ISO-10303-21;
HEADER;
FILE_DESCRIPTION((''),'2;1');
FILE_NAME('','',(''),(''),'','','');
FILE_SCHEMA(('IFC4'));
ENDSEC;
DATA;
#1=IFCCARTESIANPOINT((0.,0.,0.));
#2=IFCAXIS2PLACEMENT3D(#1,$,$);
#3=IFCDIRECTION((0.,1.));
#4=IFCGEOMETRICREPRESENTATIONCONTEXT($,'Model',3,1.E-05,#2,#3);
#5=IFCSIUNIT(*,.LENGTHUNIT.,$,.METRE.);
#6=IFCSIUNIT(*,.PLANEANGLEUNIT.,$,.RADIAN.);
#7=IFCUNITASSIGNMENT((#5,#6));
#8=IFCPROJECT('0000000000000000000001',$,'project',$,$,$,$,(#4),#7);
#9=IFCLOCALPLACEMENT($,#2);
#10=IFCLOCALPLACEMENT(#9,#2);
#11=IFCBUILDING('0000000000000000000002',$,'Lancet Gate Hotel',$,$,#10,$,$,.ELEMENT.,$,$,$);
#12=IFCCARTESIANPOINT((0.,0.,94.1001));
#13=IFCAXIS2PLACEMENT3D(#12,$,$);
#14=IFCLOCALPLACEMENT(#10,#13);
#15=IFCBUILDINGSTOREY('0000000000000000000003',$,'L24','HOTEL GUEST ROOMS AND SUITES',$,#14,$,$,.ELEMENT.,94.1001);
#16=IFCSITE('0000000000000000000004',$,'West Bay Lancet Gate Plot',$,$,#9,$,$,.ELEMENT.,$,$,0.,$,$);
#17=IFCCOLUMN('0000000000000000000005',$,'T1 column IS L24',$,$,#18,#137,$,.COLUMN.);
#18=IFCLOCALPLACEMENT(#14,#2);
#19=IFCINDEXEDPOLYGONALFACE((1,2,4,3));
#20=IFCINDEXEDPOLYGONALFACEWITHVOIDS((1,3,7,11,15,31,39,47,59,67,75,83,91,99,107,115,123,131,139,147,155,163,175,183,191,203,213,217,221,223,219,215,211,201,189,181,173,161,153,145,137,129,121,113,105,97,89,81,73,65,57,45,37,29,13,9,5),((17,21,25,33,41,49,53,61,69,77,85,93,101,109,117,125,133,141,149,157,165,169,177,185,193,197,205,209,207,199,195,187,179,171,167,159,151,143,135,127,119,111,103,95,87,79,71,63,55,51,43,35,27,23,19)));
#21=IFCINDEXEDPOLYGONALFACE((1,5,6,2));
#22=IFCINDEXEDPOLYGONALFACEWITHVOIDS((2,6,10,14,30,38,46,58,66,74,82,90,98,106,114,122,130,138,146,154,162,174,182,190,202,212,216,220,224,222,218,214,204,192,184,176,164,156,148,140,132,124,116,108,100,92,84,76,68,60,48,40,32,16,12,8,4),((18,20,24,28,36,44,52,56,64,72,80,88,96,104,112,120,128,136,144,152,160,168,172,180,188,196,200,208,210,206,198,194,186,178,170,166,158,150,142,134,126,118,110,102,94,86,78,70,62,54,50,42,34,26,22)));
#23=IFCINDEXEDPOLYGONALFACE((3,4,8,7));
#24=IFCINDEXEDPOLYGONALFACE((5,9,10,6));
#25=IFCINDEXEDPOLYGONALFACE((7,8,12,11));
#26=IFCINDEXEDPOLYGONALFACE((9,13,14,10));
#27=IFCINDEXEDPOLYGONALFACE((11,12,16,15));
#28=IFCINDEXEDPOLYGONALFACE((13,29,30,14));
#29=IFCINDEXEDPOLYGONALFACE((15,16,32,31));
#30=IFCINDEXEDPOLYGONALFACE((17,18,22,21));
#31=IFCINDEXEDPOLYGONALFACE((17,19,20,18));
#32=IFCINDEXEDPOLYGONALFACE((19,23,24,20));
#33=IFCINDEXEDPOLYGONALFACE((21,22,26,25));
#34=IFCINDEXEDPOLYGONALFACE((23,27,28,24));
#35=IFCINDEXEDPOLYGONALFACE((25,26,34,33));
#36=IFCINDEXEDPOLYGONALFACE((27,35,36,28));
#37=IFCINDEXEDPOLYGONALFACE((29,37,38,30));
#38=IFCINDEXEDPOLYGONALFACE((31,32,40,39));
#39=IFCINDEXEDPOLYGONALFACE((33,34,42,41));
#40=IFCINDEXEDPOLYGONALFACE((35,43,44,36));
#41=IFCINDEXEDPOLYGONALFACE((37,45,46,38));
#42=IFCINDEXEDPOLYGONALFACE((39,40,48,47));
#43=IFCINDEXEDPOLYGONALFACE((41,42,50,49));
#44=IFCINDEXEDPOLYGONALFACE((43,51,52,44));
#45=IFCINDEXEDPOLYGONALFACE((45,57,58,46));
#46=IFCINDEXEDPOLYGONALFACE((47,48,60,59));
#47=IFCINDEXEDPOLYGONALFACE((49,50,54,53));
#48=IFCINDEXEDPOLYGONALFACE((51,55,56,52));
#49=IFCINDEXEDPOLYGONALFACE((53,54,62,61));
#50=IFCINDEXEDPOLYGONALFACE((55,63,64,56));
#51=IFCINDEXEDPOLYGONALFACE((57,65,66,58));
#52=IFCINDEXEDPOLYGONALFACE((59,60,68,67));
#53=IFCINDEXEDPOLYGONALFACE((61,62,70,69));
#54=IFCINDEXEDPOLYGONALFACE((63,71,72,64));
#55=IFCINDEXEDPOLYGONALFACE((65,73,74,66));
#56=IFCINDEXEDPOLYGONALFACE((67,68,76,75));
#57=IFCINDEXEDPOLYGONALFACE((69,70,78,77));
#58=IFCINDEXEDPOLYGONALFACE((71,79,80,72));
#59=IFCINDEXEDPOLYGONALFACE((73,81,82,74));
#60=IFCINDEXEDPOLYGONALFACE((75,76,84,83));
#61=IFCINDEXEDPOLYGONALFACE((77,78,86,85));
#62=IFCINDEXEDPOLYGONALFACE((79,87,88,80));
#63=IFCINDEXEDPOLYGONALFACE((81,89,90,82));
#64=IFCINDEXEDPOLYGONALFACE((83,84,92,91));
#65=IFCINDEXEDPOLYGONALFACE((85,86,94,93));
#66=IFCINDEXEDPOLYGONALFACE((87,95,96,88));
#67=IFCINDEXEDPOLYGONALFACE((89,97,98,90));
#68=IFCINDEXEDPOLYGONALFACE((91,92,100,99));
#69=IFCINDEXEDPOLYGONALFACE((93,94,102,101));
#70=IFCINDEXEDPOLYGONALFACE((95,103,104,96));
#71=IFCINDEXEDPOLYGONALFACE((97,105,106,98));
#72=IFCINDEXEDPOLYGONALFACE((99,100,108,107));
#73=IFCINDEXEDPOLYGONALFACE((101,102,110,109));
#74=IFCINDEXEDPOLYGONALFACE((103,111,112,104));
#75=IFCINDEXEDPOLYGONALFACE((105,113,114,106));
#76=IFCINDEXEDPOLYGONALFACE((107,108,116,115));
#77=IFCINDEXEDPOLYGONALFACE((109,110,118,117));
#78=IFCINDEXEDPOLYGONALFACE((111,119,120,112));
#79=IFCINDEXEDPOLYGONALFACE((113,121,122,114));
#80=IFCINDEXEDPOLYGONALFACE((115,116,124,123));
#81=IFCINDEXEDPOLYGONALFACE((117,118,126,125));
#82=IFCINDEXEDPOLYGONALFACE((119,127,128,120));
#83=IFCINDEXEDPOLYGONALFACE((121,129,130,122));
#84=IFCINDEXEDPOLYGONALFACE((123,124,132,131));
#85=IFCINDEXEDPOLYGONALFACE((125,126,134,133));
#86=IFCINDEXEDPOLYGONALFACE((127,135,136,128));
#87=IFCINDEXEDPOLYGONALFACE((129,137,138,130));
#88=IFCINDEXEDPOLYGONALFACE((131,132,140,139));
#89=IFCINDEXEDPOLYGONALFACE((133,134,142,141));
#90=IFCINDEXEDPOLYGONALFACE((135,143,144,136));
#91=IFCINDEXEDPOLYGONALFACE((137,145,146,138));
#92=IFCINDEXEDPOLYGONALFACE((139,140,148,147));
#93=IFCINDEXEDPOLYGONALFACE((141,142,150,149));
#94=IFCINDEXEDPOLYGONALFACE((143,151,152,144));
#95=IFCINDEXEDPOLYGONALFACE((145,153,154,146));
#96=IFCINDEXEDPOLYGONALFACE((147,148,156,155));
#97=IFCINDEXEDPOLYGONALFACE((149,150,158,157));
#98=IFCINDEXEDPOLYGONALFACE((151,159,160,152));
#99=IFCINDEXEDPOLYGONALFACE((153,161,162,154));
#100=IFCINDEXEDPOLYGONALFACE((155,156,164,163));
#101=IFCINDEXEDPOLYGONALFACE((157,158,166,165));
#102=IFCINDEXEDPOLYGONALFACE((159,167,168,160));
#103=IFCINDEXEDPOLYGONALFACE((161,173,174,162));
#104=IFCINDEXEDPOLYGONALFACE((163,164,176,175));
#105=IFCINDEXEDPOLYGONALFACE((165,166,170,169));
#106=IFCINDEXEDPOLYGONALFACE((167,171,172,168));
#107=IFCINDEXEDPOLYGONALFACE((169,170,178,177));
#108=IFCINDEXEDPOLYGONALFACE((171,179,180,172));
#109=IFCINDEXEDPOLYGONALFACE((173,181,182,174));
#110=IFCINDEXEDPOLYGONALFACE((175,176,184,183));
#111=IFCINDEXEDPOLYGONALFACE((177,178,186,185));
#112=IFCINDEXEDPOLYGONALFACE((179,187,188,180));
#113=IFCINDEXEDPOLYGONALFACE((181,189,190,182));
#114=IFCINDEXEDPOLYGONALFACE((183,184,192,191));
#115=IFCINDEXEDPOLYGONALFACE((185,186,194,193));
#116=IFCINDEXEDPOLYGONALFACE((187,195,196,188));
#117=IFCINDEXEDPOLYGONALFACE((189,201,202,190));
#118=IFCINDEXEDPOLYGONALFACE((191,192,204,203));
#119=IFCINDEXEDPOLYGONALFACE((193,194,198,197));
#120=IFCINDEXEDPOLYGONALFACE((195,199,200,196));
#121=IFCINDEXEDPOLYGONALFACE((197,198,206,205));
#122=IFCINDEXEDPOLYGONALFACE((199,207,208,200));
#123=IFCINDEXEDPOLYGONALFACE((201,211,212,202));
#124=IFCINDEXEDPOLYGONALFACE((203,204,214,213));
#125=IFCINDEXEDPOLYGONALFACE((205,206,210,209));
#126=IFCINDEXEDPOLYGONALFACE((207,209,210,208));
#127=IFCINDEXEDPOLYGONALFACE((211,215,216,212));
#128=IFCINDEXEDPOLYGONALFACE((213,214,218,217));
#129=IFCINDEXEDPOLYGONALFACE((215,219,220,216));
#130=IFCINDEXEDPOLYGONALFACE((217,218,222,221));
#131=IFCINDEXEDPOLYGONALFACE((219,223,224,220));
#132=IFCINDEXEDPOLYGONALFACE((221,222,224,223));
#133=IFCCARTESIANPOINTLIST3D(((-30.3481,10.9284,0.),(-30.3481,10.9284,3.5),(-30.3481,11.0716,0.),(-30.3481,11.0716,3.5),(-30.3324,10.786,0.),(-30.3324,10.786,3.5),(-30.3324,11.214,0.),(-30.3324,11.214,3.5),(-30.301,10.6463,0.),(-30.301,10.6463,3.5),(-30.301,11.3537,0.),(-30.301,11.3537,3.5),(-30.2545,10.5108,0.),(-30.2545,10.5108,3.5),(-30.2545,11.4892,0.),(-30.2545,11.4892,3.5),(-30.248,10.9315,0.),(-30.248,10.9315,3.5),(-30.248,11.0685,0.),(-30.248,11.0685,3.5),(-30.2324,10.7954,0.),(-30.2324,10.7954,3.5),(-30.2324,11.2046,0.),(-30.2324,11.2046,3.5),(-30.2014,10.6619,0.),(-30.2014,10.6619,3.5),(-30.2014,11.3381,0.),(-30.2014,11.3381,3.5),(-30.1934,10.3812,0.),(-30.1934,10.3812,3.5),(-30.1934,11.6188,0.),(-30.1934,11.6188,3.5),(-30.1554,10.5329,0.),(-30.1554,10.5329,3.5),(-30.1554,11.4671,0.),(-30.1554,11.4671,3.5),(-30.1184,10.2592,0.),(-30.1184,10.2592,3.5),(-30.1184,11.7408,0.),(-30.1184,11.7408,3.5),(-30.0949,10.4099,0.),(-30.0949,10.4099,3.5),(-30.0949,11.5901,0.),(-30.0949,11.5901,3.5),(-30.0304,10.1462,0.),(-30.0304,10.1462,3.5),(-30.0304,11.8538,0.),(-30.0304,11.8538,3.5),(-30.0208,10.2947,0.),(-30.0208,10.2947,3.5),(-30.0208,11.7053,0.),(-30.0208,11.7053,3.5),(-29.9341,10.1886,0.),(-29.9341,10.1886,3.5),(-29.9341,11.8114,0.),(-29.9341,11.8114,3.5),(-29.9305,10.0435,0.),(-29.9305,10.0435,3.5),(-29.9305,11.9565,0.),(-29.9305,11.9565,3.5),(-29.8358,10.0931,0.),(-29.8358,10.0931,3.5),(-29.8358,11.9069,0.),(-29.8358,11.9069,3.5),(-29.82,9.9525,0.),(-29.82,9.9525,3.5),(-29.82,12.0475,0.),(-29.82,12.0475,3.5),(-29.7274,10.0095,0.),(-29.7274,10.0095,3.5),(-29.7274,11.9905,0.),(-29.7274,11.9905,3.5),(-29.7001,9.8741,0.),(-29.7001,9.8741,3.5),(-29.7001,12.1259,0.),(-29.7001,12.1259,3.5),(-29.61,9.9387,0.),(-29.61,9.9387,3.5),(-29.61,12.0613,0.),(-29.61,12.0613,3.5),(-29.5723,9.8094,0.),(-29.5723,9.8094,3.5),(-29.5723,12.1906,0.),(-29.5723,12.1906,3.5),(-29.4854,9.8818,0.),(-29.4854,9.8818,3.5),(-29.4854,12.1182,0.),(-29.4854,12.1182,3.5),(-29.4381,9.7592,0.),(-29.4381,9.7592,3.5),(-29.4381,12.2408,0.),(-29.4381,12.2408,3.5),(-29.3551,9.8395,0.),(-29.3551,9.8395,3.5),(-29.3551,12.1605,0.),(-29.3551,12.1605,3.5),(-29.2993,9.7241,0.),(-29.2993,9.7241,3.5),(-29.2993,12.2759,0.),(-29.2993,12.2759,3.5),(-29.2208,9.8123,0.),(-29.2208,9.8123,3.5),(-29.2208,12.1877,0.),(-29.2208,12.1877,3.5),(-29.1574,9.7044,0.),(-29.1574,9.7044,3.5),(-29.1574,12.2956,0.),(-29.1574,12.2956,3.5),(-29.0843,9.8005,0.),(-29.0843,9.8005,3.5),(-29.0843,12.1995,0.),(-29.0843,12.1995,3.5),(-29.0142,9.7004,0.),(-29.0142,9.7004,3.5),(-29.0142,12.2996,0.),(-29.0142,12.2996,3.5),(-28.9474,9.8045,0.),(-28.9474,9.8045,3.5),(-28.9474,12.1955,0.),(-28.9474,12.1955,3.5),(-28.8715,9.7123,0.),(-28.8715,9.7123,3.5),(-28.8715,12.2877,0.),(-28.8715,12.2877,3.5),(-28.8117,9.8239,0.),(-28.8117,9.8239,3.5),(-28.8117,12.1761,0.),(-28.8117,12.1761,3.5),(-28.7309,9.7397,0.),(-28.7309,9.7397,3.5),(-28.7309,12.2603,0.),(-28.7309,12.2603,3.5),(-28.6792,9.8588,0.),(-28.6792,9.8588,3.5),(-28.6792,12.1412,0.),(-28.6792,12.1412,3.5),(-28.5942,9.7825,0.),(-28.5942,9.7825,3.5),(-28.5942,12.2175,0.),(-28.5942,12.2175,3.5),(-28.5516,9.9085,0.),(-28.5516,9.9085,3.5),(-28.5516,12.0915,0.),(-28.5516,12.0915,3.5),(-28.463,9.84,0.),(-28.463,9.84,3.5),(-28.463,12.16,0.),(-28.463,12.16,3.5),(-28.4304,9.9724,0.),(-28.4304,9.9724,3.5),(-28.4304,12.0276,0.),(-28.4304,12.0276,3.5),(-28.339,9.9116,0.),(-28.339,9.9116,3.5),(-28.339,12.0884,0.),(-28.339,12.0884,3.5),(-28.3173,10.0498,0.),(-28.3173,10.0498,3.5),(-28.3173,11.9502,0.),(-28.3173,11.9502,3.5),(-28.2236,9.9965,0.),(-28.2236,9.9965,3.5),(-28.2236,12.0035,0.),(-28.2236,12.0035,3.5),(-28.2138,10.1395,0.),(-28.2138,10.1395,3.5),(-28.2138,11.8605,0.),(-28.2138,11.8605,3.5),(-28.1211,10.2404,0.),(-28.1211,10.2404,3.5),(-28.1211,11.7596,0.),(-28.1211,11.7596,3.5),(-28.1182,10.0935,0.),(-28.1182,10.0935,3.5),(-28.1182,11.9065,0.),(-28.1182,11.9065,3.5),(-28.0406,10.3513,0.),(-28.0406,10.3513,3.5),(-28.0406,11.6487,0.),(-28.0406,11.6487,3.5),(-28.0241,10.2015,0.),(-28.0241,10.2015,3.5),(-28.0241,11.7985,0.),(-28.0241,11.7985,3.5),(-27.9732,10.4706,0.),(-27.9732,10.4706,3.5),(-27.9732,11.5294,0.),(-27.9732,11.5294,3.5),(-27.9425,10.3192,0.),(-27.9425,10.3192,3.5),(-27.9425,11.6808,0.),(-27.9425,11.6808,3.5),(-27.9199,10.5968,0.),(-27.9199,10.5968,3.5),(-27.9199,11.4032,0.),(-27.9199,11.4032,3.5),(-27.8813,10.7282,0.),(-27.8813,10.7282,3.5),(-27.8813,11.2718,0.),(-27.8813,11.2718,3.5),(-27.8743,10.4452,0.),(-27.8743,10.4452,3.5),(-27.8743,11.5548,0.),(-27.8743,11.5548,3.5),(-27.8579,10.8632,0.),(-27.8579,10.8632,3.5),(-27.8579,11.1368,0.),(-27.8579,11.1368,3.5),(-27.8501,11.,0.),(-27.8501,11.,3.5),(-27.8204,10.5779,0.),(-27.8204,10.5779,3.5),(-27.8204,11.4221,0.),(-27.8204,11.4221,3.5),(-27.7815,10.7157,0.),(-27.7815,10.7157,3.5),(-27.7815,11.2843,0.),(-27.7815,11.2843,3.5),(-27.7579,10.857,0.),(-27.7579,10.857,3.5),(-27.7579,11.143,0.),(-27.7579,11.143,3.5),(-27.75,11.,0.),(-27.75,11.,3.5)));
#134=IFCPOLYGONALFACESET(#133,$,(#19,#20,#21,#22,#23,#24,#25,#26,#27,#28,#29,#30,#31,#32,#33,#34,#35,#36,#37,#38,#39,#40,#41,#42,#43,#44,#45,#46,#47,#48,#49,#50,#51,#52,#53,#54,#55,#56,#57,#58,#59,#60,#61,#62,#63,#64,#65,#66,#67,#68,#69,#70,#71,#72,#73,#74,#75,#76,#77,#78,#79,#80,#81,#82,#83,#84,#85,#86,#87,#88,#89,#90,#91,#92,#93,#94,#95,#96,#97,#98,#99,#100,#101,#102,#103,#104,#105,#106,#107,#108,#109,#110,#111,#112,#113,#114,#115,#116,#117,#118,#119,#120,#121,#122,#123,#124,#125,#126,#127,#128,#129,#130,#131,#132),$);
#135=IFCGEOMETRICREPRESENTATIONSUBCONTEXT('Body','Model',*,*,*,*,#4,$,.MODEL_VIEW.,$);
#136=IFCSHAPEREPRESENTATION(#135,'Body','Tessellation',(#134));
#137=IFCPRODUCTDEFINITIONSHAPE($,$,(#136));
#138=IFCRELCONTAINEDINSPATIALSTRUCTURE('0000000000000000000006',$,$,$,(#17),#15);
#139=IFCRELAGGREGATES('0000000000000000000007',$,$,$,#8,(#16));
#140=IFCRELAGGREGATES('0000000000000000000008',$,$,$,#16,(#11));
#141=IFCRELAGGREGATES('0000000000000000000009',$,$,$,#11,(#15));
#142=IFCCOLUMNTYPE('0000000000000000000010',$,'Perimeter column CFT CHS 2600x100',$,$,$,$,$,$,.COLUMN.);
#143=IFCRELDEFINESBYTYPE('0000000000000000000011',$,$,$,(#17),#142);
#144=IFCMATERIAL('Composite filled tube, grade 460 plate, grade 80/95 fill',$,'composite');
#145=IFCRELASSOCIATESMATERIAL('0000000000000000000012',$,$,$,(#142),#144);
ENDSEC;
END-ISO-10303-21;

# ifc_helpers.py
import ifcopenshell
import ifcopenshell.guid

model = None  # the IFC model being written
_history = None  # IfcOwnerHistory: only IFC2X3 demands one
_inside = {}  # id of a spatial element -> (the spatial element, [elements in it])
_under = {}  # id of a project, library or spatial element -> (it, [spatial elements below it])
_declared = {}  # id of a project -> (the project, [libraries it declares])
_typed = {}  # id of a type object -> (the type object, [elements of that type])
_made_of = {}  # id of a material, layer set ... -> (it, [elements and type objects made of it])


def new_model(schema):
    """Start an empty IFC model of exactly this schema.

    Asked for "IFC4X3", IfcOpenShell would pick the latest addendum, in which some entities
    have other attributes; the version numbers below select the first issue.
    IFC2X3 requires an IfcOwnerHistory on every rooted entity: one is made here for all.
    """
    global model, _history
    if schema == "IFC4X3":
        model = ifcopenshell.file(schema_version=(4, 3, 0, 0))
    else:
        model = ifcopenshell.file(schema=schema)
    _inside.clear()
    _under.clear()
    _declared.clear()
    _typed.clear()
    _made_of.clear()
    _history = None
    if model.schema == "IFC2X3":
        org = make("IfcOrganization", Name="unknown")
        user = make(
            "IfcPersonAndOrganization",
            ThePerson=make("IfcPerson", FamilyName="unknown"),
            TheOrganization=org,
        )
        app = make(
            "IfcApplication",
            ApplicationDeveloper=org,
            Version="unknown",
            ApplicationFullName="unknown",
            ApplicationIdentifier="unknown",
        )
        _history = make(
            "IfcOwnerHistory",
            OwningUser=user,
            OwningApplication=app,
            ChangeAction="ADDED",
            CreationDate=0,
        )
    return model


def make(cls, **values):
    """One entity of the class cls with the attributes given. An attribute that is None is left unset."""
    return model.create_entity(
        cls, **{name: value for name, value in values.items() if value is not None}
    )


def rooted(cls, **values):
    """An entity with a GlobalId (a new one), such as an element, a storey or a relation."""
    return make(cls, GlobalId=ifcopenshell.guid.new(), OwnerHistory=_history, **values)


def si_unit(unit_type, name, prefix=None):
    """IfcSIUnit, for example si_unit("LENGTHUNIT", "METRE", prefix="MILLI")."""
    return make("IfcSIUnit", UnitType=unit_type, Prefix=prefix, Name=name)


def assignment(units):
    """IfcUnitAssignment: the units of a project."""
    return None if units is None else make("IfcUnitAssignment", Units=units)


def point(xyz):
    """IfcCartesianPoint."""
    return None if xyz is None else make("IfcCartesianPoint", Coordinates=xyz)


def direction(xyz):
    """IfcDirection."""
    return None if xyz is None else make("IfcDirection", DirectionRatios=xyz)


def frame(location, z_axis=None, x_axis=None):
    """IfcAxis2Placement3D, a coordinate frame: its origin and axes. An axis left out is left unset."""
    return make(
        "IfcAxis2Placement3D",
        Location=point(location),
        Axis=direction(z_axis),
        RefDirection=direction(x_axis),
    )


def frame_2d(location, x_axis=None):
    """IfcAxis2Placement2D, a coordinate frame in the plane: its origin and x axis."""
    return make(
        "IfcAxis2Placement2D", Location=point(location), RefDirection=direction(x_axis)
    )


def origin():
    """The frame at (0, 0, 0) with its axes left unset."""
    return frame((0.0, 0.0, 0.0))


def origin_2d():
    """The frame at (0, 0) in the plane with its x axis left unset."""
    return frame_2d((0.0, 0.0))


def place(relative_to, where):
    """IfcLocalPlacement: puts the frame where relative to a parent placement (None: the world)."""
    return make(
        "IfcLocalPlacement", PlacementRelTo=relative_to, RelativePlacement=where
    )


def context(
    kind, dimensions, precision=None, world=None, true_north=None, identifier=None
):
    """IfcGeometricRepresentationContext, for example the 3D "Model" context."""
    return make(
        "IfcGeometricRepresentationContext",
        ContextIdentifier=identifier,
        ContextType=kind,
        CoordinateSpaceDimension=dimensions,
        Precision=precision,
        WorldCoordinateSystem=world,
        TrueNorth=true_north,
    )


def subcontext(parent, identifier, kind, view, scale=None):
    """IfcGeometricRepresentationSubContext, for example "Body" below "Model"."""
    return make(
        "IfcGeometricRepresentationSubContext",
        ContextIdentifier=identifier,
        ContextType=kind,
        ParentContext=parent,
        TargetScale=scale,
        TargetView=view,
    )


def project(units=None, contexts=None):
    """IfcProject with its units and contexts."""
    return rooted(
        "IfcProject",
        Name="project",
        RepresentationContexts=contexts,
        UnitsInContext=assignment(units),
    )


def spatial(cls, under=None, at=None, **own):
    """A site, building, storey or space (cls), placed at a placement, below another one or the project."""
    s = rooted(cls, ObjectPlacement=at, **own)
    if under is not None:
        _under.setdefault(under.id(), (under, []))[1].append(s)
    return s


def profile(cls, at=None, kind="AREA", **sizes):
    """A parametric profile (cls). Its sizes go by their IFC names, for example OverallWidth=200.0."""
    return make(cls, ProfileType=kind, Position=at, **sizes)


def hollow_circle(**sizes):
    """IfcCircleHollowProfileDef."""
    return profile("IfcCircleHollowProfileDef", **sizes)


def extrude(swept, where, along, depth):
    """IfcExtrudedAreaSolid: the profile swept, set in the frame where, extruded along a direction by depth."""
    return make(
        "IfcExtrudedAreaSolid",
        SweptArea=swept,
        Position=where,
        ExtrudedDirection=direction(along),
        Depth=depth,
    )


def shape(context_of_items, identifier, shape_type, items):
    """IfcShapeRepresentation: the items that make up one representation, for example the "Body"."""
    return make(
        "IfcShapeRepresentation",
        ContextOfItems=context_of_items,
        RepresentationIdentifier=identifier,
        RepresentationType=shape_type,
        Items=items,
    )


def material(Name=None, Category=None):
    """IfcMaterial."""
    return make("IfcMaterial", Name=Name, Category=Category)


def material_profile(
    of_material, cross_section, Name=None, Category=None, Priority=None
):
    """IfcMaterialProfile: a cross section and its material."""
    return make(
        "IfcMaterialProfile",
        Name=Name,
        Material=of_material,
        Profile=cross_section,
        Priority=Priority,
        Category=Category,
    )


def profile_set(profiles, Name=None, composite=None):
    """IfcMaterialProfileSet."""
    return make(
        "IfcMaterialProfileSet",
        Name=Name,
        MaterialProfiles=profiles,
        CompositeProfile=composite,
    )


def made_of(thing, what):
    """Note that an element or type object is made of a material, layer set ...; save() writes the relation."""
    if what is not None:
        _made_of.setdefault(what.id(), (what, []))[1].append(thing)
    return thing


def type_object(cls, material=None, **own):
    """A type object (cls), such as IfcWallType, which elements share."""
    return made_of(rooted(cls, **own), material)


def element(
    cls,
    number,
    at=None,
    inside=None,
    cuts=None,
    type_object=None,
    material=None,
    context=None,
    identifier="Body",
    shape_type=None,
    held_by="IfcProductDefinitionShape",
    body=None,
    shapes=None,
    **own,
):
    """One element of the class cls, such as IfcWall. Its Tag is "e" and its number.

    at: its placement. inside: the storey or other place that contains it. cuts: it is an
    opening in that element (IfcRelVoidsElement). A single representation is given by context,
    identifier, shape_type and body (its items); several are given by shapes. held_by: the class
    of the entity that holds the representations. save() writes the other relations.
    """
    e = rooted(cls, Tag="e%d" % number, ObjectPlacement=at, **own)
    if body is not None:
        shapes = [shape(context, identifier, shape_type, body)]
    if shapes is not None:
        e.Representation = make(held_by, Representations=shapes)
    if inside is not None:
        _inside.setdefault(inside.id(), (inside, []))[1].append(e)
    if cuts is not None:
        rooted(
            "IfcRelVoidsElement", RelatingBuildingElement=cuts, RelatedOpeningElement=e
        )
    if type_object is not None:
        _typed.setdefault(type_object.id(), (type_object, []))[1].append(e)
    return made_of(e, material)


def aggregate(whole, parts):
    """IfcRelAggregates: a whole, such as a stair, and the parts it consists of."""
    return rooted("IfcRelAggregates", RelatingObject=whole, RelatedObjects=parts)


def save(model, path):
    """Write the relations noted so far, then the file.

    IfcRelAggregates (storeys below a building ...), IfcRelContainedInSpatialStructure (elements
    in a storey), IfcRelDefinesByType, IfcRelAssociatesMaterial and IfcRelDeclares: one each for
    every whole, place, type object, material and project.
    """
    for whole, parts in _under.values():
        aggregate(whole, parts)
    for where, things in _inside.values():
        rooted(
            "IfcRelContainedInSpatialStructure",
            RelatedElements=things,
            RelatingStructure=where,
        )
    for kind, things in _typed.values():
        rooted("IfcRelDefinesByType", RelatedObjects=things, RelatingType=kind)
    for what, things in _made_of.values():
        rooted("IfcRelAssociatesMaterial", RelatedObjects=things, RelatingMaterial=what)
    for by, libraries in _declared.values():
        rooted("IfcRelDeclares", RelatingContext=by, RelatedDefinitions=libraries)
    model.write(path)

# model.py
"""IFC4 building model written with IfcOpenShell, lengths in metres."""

from ifc_helpers import new_model, si_unit, direction, frame, origin, origin_2d, place, context, subcontext, project, spatial, hollow_circle, extrude, material, material_profile, profile_set, type_object, element, save


model = new_model("IFC4")

# Units and contexts
model_context = context("Model", 3, precision=1e-05, world=origin(), true_north=direction((0.0, 1.0)))
body_context = subcontext(model_context, "Body", "Model", "MODEL_VIEW")
ifc_project = project(units=[si_unit("LENGTHUNIT", "METRE"), si_unit("PLANEANGLEUNIT", "RADIAN")], contexts=[model_context])

# Site, building, storey
site_placement = place(None, origin())
site = spatial("IfcSite", under=ifc_project, at=site_placement, Name="West Bay Lancet Gate Plot", CompositionType="ELEMENT", RefElevation=0.0)
building_placement = place(site_placement, origin())
building = spatial("IfcBuilding", under=site, at=building_placement, Name="Lancet Gate Hotel", CompositionType="ELEMENT")
storey_placement = place(building_placement, frame((0.0, 0.0, 94.1001)))
storey = spatial("IfcBuildingStorey", under=building, at=storey_placement, Name="L24", Description="HOTEL GUEST ROOMS AND SUITES", CompositionType="ELEMENT", Elevation=94.1001)

# Column
ifc_material_1 = material(Name="Composite filled tube, grade 460 plate, grade 80/95 fill", Category="composite")
ifc_material_profile_1 = material_profile(ifc_material_1, hollow_circle(Radius=1.3, WallThickness=0.1001, at=origin_2d()), Name="CHS 2600x100")
ifc_profile_set_1 = profile_set([ifc_material_profile_1], Name="Composite filled tube, grade 460 plate, grade 80/95 fill")
column_type = type_object("IfcColumnType", Name="Perimeter column CFT CHS 2600x100", PredefinedType="COLUMN", material=ifc_profile_set_1)
for number, where, z_axis, x_axis, name in (
    (1, (-29.05, 11.0, 0.0), (0.0, 0.0, 1.0), (1.0, 0.0, 0.0), "T1 column IS L24"),
):
    element("IfcColumn", number, at=place(storey_placement, frame(where, z_axis=z_axis, x_axis=x_axis)), inside=storey, type_object=column_type, Name=name, PredefinedType="COLUMN", context=body_context, shape_type="SweptSolid", body=[
        extrude(hollow_circle(Radius=1.3, WallThickness=0.1001, at=origin_2d()), origin(), (0.0, 0.0, 1.0), 3.5),
    ])

save(model, "model.ifc")
